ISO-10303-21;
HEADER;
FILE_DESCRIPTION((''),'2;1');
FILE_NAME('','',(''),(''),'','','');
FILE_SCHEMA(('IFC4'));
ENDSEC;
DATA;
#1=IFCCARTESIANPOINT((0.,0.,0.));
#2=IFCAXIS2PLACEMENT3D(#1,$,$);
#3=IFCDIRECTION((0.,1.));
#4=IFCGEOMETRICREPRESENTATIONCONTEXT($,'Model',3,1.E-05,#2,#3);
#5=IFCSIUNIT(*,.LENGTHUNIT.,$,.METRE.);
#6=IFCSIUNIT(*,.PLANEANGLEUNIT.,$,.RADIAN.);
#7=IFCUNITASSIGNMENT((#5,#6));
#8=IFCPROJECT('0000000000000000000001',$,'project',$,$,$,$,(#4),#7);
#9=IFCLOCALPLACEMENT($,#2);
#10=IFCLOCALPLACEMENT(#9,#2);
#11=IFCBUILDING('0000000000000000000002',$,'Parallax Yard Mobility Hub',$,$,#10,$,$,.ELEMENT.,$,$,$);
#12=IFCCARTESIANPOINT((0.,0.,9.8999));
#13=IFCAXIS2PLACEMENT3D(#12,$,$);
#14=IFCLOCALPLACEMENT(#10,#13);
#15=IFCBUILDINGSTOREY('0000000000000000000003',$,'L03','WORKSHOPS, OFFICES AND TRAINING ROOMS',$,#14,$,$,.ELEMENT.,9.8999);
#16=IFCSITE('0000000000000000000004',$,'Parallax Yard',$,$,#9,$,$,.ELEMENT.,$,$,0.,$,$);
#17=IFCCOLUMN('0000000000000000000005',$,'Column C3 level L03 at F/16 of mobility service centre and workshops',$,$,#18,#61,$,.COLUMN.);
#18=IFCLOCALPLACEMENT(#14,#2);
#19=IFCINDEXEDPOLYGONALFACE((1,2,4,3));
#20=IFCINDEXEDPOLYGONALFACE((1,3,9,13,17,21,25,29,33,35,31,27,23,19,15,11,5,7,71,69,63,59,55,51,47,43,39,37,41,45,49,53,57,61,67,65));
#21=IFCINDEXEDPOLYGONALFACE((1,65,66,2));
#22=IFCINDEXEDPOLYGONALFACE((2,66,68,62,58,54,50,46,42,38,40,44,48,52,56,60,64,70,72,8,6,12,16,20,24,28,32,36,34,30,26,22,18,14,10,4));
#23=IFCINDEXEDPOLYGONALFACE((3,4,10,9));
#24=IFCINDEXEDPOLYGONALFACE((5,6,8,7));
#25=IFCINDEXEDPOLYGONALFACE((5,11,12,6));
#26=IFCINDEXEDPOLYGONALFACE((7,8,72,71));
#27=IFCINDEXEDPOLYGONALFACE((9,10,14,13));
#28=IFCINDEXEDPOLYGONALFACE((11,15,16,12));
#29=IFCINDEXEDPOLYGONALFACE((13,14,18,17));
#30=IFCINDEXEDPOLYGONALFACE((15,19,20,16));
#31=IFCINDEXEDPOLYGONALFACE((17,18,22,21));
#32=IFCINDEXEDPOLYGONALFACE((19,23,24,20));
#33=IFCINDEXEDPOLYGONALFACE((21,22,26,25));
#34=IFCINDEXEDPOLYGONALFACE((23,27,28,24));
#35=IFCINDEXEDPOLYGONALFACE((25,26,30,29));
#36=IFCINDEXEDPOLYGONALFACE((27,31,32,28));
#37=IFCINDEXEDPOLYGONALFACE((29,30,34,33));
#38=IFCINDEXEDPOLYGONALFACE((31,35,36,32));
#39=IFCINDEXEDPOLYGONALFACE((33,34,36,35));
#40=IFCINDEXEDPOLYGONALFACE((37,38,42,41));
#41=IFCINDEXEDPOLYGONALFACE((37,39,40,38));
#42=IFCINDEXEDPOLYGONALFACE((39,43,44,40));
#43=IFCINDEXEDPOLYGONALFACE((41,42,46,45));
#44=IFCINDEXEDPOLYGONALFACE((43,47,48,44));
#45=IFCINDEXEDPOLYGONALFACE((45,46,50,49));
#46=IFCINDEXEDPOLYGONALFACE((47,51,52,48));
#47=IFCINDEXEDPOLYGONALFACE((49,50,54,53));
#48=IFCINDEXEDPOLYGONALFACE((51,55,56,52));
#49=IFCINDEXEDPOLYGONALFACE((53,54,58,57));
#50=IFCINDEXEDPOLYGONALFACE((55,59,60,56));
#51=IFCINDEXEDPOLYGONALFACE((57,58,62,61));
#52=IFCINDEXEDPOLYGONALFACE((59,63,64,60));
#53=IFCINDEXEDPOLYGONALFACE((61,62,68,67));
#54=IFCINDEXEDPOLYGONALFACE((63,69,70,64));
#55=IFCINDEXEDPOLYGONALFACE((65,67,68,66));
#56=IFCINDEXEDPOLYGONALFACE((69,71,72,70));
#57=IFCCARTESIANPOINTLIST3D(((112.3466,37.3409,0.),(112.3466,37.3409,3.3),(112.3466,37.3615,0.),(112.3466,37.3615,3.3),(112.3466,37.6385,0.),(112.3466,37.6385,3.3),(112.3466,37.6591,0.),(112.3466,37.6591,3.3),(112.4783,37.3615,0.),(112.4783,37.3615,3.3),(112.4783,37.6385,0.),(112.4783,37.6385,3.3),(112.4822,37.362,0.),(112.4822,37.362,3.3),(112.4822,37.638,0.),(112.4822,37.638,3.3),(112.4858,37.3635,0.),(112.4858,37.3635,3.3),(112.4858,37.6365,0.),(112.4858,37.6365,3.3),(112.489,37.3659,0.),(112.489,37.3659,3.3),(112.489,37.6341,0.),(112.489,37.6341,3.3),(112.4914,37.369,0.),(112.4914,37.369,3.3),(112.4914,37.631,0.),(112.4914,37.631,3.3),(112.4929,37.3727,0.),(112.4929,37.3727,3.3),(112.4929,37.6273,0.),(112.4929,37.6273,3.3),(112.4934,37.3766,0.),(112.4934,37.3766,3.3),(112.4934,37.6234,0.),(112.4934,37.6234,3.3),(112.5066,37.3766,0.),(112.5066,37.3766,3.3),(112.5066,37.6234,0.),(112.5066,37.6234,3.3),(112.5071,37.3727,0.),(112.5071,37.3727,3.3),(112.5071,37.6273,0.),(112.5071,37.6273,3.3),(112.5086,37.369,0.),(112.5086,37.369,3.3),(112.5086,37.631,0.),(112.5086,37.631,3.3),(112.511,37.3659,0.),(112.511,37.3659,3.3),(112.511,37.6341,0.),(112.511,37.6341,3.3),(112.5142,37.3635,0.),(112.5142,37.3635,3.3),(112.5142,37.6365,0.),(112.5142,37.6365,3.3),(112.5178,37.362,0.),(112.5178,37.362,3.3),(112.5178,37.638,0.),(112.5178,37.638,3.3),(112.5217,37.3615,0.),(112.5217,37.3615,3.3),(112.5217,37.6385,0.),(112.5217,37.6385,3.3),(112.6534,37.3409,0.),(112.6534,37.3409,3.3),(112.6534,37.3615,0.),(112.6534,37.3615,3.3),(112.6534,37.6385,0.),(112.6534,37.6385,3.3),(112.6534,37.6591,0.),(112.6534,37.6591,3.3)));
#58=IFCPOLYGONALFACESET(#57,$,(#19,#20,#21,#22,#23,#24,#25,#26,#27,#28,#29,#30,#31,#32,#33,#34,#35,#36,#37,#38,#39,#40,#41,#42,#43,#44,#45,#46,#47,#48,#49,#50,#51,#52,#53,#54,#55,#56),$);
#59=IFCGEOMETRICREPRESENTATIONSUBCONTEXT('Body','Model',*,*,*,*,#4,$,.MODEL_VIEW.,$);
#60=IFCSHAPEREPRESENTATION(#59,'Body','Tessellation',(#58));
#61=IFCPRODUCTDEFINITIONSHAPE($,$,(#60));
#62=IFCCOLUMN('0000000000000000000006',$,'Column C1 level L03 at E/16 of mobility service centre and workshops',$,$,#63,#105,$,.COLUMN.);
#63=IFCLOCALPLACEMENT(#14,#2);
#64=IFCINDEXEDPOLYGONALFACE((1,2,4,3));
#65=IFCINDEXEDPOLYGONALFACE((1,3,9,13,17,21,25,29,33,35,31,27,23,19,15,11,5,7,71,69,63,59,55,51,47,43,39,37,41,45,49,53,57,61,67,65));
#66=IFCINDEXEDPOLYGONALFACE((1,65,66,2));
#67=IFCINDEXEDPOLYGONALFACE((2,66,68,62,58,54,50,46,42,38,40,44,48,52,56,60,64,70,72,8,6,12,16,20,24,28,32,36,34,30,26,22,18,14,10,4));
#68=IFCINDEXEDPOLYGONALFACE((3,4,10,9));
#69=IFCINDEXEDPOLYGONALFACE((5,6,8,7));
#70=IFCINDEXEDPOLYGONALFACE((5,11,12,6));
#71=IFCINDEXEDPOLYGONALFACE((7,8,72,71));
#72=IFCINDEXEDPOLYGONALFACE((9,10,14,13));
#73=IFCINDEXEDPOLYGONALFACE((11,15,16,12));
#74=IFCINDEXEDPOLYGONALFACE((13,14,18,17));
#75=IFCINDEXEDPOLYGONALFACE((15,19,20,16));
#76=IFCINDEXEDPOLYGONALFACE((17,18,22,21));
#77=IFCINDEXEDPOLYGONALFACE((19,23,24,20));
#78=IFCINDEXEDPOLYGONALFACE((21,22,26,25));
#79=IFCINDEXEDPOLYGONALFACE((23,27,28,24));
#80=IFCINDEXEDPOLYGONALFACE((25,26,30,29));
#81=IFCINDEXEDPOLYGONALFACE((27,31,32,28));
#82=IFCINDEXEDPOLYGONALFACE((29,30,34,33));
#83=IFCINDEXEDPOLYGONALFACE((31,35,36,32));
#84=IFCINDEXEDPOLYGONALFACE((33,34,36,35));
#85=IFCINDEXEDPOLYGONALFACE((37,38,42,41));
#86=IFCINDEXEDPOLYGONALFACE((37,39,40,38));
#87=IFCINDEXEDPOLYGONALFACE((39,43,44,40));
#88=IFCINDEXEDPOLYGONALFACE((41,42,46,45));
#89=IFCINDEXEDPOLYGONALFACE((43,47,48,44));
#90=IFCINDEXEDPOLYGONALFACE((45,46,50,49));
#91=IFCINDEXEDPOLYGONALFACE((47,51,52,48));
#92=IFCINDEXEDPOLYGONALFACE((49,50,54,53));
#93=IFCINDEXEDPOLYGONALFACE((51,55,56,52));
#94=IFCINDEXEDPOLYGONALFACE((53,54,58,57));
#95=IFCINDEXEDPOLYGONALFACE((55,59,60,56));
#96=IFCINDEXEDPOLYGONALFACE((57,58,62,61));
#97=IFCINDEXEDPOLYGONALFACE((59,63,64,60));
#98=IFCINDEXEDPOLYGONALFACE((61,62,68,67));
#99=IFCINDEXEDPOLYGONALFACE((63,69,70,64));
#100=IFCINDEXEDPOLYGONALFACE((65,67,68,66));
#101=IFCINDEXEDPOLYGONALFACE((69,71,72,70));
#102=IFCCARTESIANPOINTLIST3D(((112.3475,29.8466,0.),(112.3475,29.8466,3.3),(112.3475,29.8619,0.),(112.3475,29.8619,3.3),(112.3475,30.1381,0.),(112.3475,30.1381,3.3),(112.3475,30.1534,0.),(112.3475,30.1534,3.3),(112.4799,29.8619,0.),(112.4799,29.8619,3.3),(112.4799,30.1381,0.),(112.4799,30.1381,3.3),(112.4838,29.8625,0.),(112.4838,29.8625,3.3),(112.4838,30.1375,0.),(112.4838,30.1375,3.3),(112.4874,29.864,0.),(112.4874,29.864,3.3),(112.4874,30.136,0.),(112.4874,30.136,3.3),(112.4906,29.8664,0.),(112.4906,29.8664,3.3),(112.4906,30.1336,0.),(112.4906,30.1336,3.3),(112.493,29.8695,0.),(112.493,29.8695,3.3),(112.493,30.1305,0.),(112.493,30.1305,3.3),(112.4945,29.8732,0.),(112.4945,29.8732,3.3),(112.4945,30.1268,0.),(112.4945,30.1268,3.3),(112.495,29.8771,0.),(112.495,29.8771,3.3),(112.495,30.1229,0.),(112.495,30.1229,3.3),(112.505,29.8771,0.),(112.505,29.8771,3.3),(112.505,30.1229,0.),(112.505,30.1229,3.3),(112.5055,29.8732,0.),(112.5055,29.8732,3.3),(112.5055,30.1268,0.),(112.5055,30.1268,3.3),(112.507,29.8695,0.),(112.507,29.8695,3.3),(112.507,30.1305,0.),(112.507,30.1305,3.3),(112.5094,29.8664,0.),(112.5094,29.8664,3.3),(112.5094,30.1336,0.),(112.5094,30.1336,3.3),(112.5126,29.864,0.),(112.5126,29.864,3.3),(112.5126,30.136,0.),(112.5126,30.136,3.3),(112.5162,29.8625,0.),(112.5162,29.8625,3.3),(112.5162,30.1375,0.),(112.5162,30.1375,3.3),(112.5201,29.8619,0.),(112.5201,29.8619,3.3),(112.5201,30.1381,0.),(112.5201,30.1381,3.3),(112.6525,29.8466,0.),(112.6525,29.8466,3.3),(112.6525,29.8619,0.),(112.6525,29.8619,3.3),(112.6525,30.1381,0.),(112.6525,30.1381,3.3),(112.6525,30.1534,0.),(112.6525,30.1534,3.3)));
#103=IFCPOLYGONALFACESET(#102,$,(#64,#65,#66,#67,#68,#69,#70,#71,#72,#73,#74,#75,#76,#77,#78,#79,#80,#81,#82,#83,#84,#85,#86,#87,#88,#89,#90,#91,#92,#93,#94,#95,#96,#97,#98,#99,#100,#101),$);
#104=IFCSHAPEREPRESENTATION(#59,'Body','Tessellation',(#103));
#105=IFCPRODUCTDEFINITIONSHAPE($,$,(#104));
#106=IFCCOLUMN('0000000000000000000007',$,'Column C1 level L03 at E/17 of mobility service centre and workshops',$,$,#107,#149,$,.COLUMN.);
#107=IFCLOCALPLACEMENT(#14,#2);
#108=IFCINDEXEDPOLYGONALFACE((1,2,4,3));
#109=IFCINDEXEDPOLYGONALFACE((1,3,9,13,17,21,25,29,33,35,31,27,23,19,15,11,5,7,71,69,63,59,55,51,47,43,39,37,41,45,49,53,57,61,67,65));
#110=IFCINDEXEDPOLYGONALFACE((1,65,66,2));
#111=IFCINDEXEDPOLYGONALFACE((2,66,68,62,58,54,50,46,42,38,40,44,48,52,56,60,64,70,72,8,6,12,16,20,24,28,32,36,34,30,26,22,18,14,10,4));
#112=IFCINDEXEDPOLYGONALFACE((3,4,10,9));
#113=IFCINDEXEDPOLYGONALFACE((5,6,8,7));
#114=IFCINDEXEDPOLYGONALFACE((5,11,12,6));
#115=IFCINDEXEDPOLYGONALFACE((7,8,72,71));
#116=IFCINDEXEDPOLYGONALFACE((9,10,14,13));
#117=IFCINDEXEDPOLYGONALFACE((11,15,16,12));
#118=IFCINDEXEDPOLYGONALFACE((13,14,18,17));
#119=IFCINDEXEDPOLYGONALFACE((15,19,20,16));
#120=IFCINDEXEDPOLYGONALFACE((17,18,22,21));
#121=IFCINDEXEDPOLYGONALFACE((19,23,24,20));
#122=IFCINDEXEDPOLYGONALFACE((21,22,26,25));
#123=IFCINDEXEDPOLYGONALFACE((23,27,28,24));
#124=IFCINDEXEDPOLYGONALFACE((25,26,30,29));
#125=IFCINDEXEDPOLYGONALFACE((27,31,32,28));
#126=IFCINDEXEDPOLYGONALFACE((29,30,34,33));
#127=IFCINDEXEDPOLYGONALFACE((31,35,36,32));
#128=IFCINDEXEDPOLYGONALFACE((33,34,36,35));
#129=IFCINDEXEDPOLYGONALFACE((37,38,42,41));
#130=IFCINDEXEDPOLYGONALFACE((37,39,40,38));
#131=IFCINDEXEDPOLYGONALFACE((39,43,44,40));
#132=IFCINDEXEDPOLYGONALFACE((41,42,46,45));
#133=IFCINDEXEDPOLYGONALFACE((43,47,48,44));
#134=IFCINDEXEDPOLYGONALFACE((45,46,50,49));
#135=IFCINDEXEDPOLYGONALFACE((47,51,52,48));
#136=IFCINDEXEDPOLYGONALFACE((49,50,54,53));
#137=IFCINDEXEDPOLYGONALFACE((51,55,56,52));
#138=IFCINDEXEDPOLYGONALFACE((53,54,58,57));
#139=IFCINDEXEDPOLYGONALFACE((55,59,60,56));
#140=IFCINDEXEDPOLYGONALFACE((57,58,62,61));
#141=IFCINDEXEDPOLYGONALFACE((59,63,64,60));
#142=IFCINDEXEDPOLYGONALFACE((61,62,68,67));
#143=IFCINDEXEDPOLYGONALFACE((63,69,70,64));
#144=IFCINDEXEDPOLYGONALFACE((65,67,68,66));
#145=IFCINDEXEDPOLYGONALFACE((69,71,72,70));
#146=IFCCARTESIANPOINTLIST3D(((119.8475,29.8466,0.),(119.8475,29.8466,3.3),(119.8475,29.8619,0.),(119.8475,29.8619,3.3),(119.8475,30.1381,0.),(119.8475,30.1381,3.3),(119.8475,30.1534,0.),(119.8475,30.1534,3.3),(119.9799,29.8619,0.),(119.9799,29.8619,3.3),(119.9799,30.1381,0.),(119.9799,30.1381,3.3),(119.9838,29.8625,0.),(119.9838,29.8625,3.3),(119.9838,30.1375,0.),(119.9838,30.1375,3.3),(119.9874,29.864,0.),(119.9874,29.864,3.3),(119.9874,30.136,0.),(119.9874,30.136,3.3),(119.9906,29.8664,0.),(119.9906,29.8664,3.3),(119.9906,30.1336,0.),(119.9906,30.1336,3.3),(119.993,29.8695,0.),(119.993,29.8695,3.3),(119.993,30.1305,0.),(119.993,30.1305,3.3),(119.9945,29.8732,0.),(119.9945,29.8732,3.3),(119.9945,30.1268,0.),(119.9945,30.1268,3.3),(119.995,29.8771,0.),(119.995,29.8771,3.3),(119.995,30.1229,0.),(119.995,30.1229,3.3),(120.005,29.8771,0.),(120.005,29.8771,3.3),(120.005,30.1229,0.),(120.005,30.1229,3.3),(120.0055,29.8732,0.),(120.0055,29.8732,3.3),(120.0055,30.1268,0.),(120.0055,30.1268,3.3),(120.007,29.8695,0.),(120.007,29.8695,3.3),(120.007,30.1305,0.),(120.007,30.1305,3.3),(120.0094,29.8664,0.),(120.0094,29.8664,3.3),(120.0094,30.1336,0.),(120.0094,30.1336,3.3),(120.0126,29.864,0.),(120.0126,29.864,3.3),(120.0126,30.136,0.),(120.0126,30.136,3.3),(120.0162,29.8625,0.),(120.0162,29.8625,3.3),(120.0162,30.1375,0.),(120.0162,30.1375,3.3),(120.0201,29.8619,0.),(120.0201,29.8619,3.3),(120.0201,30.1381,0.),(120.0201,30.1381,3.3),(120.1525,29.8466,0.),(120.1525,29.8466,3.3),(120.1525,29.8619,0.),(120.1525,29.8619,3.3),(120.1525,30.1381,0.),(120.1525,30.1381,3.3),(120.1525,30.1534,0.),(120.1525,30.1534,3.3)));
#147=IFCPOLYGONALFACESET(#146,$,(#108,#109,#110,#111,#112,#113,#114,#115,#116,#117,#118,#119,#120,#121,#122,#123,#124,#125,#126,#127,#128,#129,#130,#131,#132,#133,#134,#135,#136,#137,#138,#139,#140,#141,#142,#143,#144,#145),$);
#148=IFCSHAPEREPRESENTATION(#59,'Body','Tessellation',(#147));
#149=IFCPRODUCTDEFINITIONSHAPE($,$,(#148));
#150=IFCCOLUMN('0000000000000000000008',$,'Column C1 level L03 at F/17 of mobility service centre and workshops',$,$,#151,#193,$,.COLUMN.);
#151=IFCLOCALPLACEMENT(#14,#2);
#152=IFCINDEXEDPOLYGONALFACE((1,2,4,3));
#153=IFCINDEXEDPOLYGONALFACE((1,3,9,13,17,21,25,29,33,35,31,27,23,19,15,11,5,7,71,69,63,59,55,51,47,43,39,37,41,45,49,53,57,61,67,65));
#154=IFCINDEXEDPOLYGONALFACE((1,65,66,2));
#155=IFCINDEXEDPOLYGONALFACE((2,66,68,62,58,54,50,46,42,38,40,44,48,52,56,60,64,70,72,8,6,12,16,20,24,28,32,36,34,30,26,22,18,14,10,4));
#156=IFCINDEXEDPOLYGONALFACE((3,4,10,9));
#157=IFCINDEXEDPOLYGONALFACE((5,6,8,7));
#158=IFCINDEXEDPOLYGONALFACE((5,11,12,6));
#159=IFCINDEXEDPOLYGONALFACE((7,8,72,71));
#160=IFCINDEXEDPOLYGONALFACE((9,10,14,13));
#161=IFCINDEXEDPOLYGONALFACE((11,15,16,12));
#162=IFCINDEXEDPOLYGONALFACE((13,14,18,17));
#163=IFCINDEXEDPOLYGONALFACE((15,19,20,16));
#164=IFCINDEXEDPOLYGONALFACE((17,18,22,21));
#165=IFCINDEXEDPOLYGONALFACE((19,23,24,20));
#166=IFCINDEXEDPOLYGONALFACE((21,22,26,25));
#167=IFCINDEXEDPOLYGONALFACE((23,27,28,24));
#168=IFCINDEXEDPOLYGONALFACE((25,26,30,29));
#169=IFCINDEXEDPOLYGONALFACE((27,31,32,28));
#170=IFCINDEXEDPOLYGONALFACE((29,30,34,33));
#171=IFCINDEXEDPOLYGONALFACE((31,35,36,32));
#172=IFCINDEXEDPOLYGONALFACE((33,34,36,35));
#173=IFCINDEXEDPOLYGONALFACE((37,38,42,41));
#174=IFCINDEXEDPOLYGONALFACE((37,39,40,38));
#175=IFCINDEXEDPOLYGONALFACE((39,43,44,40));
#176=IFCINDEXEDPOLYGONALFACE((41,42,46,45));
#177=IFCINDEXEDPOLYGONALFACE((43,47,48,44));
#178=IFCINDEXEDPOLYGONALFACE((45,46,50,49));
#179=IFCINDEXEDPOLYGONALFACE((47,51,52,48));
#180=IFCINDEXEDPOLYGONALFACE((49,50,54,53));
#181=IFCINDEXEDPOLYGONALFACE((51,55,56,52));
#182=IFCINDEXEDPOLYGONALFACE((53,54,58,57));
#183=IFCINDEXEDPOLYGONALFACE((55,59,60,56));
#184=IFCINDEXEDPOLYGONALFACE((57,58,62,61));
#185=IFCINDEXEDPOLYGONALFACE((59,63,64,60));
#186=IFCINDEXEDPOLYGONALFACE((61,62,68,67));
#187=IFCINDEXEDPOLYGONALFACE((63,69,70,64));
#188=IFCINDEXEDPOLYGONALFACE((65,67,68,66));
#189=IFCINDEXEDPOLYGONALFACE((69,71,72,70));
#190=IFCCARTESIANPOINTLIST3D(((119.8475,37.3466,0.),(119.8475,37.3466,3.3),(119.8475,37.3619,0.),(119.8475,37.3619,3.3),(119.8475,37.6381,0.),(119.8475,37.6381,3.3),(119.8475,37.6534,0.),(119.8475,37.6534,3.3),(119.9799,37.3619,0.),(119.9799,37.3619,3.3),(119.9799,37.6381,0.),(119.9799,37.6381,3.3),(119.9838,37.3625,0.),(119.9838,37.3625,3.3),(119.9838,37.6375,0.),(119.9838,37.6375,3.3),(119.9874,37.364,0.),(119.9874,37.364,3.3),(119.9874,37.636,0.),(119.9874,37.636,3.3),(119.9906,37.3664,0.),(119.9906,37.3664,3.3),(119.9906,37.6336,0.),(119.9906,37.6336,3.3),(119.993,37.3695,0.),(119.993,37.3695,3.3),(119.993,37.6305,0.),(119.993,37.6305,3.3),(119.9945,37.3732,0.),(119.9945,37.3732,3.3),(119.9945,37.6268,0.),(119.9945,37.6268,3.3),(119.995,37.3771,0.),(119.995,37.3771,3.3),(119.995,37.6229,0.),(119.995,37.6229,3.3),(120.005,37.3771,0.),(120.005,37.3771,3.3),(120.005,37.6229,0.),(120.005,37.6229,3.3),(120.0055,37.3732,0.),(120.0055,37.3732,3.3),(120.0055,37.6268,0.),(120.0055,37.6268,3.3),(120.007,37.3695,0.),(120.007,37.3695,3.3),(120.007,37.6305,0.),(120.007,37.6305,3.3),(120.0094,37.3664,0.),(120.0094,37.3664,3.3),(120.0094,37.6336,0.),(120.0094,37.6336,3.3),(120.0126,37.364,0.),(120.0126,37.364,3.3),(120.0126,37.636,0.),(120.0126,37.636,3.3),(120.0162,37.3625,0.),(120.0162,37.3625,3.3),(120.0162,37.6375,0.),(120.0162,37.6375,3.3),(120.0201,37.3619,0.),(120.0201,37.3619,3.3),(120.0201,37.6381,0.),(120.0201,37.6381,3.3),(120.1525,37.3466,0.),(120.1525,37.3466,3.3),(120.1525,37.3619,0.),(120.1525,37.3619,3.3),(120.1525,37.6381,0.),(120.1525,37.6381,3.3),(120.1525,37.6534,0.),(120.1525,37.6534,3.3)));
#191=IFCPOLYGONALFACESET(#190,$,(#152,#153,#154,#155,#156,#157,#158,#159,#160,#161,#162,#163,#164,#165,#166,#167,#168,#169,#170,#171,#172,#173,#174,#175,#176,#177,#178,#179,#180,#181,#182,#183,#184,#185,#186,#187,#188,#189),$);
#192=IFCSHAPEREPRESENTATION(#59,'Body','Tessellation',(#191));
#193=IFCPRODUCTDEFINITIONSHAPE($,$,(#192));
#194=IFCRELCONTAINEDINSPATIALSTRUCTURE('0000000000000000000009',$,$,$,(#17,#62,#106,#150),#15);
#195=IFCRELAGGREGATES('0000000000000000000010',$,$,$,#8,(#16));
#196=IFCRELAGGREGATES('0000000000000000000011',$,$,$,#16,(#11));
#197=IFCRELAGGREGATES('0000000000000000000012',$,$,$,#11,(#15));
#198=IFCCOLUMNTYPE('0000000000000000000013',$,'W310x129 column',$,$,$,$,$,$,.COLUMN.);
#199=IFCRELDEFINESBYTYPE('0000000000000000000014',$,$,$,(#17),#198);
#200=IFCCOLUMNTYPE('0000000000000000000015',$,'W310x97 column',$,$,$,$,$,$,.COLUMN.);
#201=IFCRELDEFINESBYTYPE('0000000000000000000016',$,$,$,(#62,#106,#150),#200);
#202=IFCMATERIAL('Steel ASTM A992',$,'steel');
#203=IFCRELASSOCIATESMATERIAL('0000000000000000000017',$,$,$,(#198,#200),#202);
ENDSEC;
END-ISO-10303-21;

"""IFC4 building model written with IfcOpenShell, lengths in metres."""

from ifc_helpers import new_model, si_unit, direction, frame, origin, origin_2d, place, context, subcontext, project, spatial, i_section, extrude, material, material_profile, profile_set, type_object, element, save


model = new_model("IFC4")

# Units and contexts
model_context = context("Model", 3, precision=1e-05, world=origin(), true_north=direction((0.0, 1.0)))
body_context = subcontext(model_context, "Body", "Model", "MODEL_VIEW")
ifc_project = project(units=[si_unit("LENGTHUNIT", "METRE"), si_unit("PLANEANGLEUNIT", "RADIAN")], contexts=[model_context])

# Site, building, storey
site_placement = place(None, origin())
site = spatial("IfcSite", under=ifc_project, at=site_placement, Name="Parallax Yard", CompositionType="ELEMENT", RefElevation=0.0)
building_placement = place(site_placement, origin())
building = spatial("IfcBuilding", under=site, at=building_placement, Name="Parallax Yard Mobility Hub", CompositionType="ELEMENT")
storey_placement = place(building_placement, frame((0.0, 0.0, 9.8999)))
storey = spatial("IfcBuildingStorey", under=building, at=storey_placement, Name="L03", Description="WORKSHOPS, OFFICES AND TRAINING ROOMS", CompositionType="ELEMENT", Elevation=9.8999)

# Columns
ifc_material_1 = material(Name="Steel ASTM A992", Category="steel")
ifc_material_profile_1 = material_profile(ifc_material_1, i_section(OverallWidth=0.3069, OverallDepth=0.3181, WebThickness=0.0132, FlangeThickness=0.0205, FilletRadius=0.0151, at=origin_2d()), Name="W310x129")
ifc_profile_set_1 = profile_set([ifc_material_profile_1], Name="Steel ASTM A992")
column_type_1 = type_object("IfcColumnType", Name="W310x129 column", PredefinedType="COLUMN", material=ifc_profile_set_1)
column_1_placement = place(storey_placement, frame((112.5, 37.5, 0.0), z_axis=(0.0, 0.0, 1.0), x_axis=(1.0, 0.0, 0.0)))
element("IfcColumn", 1, at=column_1_placement, inside=storey, type_object=column_type_1, Name="Column C3 level L03 at F/16 of mobility service centre and workshops", PredefinedType="COLUMN", context=body_context, shape_type="SweptSolid", body=[
    extrude(i_section(OverallWidth=0.3069, OverallDepth=0.3181, WebThickness=0.0132, FlangeThickness=0.0205, FilletRadius=0.0151, at=origin_2d()), origin(), (0.0, 0.0, 1.0), 3.3),
])
ifc_material_profile_2 = material_profile(ifc_material_1, i_section(OverallWidth=0.3049, OverallDepth=0.3069, WebThickness=0.01, FlangeThickness=0.0154, FilletRadius=0.0151, at=origin_2d()), Name="W310x97")
ifc_profile_set_2 = profile_set([ifc_material_profile_2], Name="Steel ASTM A992")
column_type_2 = type_object("IfcColumnType", Name="W310x97 column", PredefinedType="COLUMN", material=ifc_profile_set_2)
for number, where, z_axis, x_axis, name in (
    (2, (112.5, 30.0, 0.0), (0.0, 0.0, 1.0), (1.0, 0.0, 0.0), "Column C1 level L03 at E/16 of mobility service centre and workshops"),
    (3, (120.0, 30.0, 0.0), (0.0, 0.0, 1.0), (1.0, 0.0, 0.0), "Column C1 level L03 at E/17 of mobility service centre and workshops"),
    (4, (120.0, 37.5, 0.0), (0.0, 0.0, 1.0), (1.0, 0.0, 0.0), "Column C1 level L03 at F/17 of mobility service centre and workshops"),
):
    element("IfcColumn", number, at=place(storey_placement, frame(where, z_axis=z_axis, x_axis=x_axis)), inside=storey, type_object=column_type_2, Name=name, PredefinedType="COLUMN", context=body_context, shape_type="SweptSolid", body=[
        extrude(i_section(OverallWidth=0.3049, OverallDepth=0.3069, WebThickness=0.01, FlangeThickness=0.0154, FilletRadius=0.0151, at=origin_2d()), origin(), (0.0, 0.0, 1.0), 3.3),
    ])

save(model, "model.ifc")
